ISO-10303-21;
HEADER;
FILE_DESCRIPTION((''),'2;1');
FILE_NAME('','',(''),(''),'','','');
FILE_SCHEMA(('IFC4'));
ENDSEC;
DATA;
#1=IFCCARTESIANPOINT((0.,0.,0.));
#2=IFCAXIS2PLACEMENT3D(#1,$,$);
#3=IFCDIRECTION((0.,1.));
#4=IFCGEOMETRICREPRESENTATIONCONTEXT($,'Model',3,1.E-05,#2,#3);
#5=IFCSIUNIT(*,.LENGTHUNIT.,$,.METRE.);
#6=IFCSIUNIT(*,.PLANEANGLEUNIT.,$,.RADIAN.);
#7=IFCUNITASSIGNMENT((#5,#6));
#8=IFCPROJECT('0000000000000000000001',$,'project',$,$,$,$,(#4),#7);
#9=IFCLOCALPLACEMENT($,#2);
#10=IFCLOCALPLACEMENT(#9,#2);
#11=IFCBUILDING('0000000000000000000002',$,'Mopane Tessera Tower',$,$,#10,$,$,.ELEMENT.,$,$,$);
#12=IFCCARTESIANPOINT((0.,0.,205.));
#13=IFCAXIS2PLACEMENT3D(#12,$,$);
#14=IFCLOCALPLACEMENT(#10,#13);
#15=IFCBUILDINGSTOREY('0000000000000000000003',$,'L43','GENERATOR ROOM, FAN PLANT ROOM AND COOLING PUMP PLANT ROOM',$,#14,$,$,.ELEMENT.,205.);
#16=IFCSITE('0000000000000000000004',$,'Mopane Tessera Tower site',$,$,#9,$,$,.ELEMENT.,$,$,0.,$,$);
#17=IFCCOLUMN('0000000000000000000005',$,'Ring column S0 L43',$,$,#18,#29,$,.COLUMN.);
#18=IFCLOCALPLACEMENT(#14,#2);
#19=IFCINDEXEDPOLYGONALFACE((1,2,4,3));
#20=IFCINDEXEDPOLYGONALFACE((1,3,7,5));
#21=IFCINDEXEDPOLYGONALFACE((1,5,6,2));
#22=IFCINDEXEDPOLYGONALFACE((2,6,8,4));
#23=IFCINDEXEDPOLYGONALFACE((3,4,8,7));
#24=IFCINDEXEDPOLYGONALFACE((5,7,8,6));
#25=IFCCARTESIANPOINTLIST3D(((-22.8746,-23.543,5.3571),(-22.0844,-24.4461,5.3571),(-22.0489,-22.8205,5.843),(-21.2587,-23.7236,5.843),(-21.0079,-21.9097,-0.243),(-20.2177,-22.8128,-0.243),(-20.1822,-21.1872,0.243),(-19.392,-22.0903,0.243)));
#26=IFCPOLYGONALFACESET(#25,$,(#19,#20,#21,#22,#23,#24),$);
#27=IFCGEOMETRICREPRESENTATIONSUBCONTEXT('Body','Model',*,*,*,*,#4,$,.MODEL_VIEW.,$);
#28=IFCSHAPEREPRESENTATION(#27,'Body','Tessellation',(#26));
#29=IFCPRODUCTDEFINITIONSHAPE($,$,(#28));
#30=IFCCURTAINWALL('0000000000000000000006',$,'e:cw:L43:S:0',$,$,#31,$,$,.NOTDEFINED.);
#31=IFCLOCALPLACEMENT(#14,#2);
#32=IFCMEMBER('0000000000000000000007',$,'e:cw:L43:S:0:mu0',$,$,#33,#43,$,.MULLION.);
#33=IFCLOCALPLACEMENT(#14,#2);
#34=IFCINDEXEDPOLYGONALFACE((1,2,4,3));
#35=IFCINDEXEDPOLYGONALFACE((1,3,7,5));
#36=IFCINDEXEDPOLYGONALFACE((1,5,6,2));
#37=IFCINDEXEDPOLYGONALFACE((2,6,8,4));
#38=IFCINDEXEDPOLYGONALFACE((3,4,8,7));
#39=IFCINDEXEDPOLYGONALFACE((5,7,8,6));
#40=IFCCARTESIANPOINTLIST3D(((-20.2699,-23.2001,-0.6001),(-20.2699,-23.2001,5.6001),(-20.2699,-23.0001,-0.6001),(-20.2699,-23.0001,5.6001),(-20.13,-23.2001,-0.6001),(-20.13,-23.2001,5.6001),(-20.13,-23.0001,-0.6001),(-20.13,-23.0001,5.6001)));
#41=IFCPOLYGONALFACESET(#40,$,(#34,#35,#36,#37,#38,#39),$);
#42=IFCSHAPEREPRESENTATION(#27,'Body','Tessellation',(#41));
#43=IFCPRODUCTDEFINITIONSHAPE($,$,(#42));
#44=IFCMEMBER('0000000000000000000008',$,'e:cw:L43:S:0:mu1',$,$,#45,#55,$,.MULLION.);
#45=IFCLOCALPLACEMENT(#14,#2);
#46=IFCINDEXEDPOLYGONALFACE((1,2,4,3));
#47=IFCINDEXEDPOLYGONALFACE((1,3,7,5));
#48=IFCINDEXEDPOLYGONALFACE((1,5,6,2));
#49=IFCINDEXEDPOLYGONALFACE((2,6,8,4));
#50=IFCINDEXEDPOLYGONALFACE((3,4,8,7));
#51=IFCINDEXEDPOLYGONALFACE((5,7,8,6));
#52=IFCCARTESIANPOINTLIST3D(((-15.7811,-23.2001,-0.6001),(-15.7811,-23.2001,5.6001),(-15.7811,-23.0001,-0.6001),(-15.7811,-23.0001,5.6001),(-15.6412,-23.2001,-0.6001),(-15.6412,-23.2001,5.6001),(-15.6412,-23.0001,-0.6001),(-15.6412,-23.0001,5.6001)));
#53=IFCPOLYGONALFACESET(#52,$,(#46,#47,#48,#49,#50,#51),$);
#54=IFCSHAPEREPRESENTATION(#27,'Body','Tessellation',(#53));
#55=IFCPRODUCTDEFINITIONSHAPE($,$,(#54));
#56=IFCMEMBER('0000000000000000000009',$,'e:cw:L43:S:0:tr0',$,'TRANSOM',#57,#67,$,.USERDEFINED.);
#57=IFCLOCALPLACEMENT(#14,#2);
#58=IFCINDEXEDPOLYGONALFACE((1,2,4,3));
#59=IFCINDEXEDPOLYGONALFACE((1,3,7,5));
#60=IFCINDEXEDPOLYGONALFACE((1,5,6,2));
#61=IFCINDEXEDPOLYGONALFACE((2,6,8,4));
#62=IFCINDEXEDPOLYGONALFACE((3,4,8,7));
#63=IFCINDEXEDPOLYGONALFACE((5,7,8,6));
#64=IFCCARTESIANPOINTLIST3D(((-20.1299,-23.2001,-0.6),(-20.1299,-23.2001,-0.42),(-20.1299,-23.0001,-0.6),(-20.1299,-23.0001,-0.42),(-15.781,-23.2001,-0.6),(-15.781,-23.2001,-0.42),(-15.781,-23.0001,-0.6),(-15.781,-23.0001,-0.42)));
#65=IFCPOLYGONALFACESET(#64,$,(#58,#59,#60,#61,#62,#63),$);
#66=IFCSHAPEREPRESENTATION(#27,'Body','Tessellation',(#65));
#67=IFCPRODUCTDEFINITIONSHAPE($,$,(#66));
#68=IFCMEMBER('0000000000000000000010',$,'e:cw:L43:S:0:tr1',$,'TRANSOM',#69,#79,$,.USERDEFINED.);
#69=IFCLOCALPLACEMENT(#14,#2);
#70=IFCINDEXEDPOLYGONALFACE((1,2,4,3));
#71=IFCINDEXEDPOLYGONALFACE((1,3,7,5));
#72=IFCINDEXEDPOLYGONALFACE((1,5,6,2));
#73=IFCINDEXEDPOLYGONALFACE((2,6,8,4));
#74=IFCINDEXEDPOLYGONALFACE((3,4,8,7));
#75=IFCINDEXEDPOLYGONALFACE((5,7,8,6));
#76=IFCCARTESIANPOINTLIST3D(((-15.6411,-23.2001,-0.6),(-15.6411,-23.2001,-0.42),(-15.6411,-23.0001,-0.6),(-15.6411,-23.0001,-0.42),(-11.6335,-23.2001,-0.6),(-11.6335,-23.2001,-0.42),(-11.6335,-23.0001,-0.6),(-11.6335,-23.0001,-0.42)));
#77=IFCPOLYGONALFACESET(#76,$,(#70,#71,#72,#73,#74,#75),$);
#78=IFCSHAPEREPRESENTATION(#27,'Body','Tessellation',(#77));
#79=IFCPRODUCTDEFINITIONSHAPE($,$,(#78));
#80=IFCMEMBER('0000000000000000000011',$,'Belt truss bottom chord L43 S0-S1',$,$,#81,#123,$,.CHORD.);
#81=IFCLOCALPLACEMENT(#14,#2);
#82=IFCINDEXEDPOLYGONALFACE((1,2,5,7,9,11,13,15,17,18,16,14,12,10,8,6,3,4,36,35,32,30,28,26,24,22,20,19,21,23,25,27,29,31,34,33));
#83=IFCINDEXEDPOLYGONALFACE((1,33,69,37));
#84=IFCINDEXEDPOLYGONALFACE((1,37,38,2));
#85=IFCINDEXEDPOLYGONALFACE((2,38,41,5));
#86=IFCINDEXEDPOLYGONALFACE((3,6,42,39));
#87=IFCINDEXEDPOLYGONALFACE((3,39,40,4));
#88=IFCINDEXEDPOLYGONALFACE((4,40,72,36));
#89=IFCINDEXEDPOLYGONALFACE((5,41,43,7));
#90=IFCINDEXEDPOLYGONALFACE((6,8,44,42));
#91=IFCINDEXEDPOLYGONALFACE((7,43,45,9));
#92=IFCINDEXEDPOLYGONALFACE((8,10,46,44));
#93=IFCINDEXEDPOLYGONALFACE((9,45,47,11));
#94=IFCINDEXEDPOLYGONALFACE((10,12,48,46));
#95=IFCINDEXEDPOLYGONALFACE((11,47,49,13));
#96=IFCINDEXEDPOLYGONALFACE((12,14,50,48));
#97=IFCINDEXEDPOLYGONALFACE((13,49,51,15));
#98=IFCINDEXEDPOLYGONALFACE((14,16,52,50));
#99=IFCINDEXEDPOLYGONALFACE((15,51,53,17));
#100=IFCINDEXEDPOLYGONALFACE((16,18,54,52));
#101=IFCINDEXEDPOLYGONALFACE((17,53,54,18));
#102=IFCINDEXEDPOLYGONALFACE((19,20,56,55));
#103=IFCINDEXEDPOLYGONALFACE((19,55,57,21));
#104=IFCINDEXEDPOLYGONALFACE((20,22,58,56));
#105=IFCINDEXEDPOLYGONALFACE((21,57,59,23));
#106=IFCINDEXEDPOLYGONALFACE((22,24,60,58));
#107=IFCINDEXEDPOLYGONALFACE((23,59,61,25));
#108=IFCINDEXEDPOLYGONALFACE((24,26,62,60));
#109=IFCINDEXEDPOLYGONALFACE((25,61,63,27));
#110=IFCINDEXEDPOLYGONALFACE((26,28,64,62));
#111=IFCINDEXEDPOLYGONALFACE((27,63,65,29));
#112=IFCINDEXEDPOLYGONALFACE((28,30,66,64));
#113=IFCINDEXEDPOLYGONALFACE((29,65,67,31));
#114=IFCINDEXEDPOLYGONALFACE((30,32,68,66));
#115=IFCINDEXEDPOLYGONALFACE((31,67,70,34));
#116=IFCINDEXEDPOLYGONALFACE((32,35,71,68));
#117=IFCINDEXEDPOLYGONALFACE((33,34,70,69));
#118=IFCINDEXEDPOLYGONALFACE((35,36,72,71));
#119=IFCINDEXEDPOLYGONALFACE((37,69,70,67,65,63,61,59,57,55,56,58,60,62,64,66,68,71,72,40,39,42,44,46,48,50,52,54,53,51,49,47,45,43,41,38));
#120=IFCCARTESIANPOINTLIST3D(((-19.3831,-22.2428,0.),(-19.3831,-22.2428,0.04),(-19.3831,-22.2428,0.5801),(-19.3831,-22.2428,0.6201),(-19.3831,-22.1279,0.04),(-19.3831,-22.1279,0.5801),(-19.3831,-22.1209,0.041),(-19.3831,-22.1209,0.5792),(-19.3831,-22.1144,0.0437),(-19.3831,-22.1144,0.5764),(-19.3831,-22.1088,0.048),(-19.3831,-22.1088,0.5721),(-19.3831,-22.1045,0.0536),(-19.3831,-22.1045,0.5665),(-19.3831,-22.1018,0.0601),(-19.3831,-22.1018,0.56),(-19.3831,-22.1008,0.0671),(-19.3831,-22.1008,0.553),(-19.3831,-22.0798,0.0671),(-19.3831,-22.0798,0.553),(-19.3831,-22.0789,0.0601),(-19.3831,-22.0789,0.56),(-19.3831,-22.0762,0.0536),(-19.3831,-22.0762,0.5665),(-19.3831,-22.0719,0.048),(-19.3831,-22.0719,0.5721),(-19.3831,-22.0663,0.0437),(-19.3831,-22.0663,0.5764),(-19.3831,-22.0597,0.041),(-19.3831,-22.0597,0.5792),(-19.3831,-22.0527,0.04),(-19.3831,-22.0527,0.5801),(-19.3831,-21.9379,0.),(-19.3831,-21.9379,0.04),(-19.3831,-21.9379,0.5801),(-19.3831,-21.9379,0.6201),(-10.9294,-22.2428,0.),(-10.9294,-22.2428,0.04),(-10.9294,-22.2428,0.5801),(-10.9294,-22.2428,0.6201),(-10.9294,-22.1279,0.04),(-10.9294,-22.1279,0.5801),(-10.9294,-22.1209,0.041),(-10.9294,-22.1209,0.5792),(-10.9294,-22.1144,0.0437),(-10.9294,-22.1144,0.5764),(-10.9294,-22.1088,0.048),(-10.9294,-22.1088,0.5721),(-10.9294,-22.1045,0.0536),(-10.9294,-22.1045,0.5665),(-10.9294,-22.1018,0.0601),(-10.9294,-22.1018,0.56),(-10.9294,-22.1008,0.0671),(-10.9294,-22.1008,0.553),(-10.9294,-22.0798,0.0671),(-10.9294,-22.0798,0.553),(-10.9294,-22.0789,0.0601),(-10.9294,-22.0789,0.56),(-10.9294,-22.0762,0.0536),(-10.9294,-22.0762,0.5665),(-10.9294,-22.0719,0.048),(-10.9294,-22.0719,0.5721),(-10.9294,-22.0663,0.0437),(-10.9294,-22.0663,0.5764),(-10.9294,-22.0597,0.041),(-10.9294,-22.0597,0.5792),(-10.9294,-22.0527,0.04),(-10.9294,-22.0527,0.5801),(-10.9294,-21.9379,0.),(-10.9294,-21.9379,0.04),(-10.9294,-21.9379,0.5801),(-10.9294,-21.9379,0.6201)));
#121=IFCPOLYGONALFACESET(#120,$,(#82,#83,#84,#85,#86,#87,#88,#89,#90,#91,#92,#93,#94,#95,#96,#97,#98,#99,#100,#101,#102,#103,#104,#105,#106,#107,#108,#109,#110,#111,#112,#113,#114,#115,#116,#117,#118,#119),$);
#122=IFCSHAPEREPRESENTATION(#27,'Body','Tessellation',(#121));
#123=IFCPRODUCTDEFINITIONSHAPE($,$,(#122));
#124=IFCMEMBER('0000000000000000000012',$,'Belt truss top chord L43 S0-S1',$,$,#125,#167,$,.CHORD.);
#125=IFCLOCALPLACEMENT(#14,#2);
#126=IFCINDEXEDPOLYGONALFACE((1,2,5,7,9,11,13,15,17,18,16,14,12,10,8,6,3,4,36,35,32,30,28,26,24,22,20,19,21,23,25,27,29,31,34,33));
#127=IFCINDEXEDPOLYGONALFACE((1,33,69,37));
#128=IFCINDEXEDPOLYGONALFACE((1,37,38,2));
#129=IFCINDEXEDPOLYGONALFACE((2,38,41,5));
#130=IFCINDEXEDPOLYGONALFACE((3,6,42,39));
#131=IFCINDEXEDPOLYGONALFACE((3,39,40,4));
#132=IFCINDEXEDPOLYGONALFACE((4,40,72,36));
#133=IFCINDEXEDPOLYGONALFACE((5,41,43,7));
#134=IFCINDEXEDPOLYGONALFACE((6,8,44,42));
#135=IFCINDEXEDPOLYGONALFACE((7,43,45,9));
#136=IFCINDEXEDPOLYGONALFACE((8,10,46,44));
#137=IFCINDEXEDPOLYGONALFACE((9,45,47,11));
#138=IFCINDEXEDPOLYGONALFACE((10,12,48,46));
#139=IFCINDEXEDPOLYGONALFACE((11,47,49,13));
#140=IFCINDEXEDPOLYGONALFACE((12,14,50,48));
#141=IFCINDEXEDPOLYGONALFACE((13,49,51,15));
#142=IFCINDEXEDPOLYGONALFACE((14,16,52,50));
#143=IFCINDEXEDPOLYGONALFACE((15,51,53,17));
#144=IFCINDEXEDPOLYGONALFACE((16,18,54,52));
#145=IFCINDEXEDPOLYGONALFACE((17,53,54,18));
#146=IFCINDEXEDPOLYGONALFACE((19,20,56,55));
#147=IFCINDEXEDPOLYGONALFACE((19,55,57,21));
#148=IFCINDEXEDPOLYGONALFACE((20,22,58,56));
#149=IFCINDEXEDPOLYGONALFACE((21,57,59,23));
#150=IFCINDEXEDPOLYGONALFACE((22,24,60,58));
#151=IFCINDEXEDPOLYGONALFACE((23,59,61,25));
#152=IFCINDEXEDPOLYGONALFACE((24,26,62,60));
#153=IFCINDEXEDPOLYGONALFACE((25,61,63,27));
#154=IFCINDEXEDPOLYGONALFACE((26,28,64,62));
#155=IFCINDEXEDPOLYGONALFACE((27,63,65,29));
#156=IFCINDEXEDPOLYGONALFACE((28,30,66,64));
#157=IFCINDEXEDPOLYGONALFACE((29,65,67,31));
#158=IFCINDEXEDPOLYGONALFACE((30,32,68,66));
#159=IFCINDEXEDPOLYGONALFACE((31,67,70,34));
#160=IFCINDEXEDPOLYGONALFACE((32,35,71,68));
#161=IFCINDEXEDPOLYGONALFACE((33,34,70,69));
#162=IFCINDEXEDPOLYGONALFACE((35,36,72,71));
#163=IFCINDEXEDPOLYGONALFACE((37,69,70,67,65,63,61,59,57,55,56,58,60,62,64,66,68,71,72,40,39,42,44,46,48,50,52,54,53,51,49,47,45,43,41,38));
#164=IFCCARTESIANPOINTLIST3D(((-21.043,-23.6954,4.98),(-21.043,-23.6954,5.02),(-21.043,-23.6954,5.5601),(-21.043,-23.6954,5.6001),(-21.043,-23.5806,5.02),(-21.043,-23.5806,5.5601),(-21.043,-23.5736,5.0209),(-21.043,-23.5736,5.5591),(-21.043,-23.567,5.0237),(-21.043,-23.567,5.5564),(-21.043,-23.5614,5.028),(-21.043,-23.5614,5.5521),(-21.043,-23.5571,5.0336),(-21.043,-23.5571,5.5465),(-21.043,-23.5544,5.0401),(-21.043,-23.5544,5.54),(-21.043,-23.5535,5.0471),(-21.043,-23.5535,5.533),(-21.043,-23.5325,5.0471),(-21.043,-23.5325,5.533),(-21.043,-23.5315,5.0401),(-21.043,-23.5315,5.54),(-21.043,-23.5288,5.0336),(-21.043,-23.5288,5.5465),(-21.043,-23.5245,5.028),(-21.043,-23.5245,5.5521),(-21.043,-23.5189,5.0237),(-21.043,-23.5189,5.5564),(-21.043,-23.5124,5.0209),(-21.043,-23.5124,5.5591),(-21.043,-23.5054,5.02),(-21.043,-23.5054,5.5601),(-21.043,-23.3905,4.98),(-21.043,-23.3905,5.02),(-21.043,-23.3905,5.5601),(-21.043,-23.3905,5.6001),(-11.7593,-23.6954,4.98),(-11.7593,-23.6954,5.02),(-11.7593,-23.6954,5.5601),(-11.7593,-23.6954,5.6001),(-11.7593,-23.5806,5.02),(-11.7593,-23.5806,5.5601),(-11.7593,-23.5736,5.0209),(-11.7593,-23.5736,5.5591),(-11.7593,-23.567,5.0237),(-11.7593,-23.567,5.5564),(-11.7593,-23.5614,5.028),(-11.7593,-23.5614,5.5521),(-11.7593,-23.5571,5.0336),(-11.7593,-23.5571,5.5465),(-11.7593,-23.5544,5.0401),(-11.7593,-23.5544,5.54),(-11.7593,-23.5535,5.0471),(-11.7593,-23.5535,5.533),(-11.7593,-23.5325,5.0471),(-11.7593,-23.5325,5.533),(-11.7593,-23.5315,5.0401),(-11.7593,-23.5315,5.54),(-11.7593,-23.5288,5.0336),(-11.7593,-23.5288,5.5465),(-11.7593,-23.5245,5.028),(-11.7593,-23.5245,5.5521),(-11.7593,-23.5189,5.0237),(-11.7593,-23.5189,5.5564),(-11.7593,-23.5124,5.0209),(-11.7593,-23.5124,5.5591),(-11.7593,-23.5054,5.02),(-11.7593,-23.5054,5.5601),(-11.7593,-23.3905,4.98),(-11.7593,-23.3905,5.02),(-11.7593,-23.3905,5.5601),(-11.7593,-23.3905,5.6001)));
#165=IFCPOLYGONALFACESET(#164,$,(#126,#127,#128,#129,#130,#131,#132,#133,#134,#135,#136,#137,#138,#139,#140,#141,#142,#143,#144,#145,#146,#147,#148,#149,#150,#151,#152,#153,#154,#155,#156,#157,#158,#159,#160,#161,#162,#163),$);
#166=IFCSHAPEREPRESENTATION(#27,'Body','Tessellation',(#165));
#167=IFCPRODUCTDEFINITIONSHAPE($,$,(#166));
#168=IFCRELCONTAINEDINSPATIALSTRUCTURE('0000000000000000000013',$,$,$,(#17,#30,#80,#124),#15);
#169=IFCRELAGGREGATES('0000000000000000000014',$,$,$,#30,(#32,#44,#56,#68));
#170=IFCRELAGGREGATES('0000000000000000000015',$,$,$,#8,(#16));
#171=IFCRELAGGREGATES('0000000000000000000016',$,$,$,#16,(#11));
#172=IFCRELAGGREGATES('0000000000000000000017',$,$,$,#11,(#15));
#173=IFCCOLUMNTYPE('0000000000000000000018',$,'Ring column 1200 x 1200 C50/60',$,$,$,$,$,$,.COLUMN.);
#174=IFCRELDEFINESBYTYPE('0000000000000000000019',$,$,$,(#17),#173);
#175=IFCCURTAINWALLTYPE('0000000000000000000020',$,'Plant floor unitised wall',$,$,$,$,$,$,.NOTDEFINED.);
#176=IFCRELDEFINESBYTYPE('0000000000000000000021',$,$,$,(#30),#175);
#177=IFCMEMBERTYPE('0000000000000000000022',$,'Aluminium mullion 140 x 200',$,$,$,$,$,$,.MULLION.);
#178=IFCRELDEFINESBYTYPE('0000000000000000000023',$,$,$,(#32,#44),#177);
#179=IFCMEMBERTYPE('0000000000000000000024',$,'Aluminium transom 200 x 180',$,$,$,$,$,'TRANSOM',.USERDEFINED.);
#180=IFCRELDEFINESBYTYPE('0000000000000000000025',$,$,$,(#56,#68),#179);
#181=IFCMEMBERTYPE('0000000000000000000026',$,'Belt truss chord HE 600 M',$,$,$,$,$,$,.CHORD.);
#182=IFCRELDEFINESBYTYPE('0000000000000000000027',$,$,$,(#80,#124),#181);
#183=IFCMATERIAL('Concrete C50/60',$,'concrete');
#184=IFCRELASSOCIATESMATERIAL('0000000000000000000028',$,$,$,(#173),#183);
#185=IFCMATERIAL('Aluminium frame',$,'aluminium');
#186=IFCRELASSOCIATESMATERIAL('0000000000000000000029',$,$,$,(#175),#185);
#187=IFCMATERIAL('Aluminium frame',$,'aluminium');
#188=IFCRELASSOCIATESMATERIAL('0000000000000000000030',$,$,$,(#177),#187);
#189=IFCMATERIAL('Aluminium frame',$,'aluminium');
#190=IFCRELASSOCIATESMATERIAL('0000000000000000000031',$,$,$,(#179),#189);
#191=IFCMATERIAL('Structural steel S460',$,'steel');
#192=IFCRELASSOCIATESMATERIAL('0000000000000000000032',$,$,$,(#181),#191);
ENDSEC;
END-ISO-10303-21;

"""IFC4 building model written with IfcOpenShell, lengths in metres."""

from ifc_helpers import new_model, si_unit, direction, frame, origin, origin_2d, place, context, subcontext, project, spatial, rectangle, i_section, extrude, material, material_profile, profile_set, type_object, element, aggregate, save


model = new_model("IFC4")

# Units and contexts
model_context = context("Model", 3, precision=1e-05, world=origin(), true_north=direction((0.0, 1.0)))
body_context = subcontext(model_context, "Body", "Model", "MODEL_VIEW")
ifc_project = project(units=[si_unit("LENGTHUNIT", "METRE"), si_unit("PLANEANGLEUNIT", "RADIAN")], contexts=[model_context])

# Site, building, storey
site_placement = place(None, origin())
site = spatial("IfcSite", under=ifc_project, at=site_placement, Name="Mopane Tessera Tower site", CompositionType="ELEMENT", RefElevation=0.0)
building_placement = place(site_placement, origin())
building = spatial("IfcBuilding", under=site, at=building_placement, Name="Mopane Tessera Tower", CompositionType="ELEMENT")
storey_placement = place(building_placement, frame((0.0, 0.0, 205.0)))
storey = spatial("IfcBuildingStorey", under=building, at=storey_placement, Name="L43", Description="GENERATOR ROOM, FAN PLANT ROOM AND COOLING PUMP PLANT ROOM", CompositionType="ELEMENT", Elevation=205.0)

# Column
ifc_material_1 = material(Name="Concrete C50/60", Category="concrete")
ifc_material_profile_1 = material_profile(ifc_material_1, rectangle(XDim=1.2, YDim=1.2, at=origin_2d()))
ifc_profile_set_1 = profile_set([ifc_material_profile_1], Name="Concrete C50/60")
column_type = type_object("IfcColumnType", Name="Ring column 1200 x 1200 C50/60", PredefinedType="COLUMN", material=ifc_profile_set_1)
column_placement = place(storey_placement, frame((-20.2, -22.0, 0.0), z_axis=(-0.304777, -0.26667, 0.91433), x_axis=(0.658491, -0.752589, 0.0)))
element("IfcColumn", 1, at=column_placement, inside=storey, type_object=column_type, Name="Ring column S0 L43", PredefinedType="COLUMN", context=body_context, shape_type="SweptSolid", body=[
    extrude(rectangle(XDim=1.2, YDim=1.2, at=origin_2d()), origin(), (0.0, 0.0, 1.0), 6.1248),
])

# Curtain wall, members
ifc_material_2 = material(Name="Aluminium frame", Category="aluminium")
curtain_wall_type = type_object("IfcCurtainWallType", Name="Plant floor unitised wall", PredefinedType="NOTDEFINED", material=ifc_material_2)
curtain_wall_placement = place(storey_placement, origin())
curtain_wall = element("IfcCurtainWall", 2, at=curtain_wall_placement, inside=storey, type_object=curtain_wall_type, Name="e:cw:L43:S:0", PredefinedType="NOTDEFINED")
ifc_material_3 = material(Name="Aluminium frame", Category="aluminium")
ifc_material_profile_2 = material_profile(ifc_material_3, rectangle(XDim=0.1399, YDim=0.2, at=origin_2d()))
ifc_profile_set_2 = profile_set([ifc_material_profile_2], Name="Aluminium frame")
member_type_1 = type_object("IfcMemberType", Name="Aluminium mullion 140 x 200", PredefinedType="MULLION", material=ifc_profile_set_2)
member_1_placement = place(storey_placement, frame((-20.2, -23.1001, -0.6001), z_axis=(0.0, 0.0, 1.0), x_axis=(1.0, 0.0, 0.0)))
member_1 = element("IfcMember", 3, at=member_1_placement, type_object=member_type_1, Name="e:cw:L43:S:0:mu0", PredefinedType="MULLION", context=body_context, shape_type="SweptSolid", body=[
    extrude(rectangle(XDim=0.1399, YDim=0.2, at=origin_2d()), origin(), (0.0, 0.0, 1.0), 6.2002),
])
member_2_placement = place(storey_placement, frame((-15.7112, -23.1001, -0.6001), z_axis=(0.0, 0.0, 1.0), x_axis=(1.0, 0.0, 0.0)))
member_2 = element("IfcMember", 4, at=member_2_placement, type_object=member_type_1, Name="e:cw:L43:S:0:mu1", PredefinedType="MULLION", context=body_context, shape_type="SweptSolid", body=[
    extrude(rectangle(XDim=0.1399, YDim=0.2, at=origin_2d()), origin(), (0.0, 0.0, 1.0), 6.2002),
])
ifc_material_4 = material(Name="Aluminium frame", Category="aluminium")
ifc_material_profile_3 = material_profile(ifc_material_4, rectangle(XDim=0.2, YDim=0.1799, at=origin_2d()))
ifc_profile_set_3 = profile_set([ifc_material_profile_3], Name="Aluminium frame")
member_type_2 = type_object("IfcMemberType", Name="Aluminium transom 200 x 180", ElementType="TRANSOM", PredefinedType="USERDEFINED", material=ifc_profile_set_3)
member_3_placement = place(storey_placement, frame((-20.1299, -23.1001, -0.51), z_axis=(1.0, 0.0, 0.0), x_axis=(0.0, 1.0, 0.0)))
member_3 = element("IfcMember", 5, at=member_3_placement, type_object=member_type_2, Name="e:cw:L43:S:0:tr0", ObjectType="TRANSOM", PredefinedType="USERDEFINED", context=body_context, shape_type="SweptSolid", body=[
    extrude(rectangle(XDim=0.2, YDim=0.1799, at=origin_2d()), origin(), (0.0, 0.0, 1.0), 4.3489),
])
member_4_placement = place(storey_placement, frame((-15.6411, -23.1001, -0.51), z_axis=(1.0, 0.0, 0.0), x_axis=(0.0, 1.0, 0.0)))
member_4 = element("IfcMember", 6, at=member_4_placement, type_object=member_type_2, Name="e:cw:L43:S:0:tr1", ObjectType="TRANSOM", PredefinedType="USERDEFINED", context=body_context, shape_type="SweptSolid", body=[
    extrude(rectangle(XDim=0.2, YDim=0.1799, at=origin_2d()), origin(), (0.0, 0.0, 1.0), 4.0076),
])

# Members
ifc_material_5 = material(Name="Structural steel S460", Category="steel")
ifc_material_profile_4 = material_profile(ifc_material_5, i_section(OverallWidth=0.3049, OverallDepth=0.6201, WebThickness=0.021, FlangeThickness=0.04, FilletRadius=0.0271, at=origin_2d()))
ifc_profile_set_4 = profile_set([ifc_material_profile_4], Name="Structural steel S460")
member_type_3 = type_object("IfcMemberType", Name="Belt truss chord HE 600 M", PredefinedType="CHORD", material=ifc_profile_set_4)
member_5_placement = place(storey_placement, frame((-19.3831, -22.0903, 0.3101), z_axis=(1.0, 0.0, 0.0), x_axis=(0.0, 1.0, 0.0)))
element("IfcMember", 7, at=member_5_placement, inside=storey, type_object=member_type_3, Name="Belt truss bottom chord L43 S0-S1", PredefinedType="CHORD", context=body_context, shape_type="SweptSolid", body=[
    extrude(i_section(OverallWidth=0.3049, OverallDepth=0.6201, WebThickness=0.021, FlangeThickness=0.04, FilletRadius=0.0271, at=origin_2d()), origin(), (0.0, 0.0, 1.0), 8.4536),
])
member_6_placement = place(storey_placement, frame((-21.043, -23.543, 5.29), z_axis=(1.0, 0.0, 0.0), x_axis=(0.0, 1.0, 0.0)))
element("IfcMember", 8, at=member_6_placement, inside=storey, type_object=member_type_3, Name="Belt truss top chord L43 S0-S1", PredefinedType="CHORD", context=body_context, shape_type="SweptSolid", body=[
    extrude(i_section(OverallWidth=0.3049, OverallDepth=0.6201, WebThickness=0.021, FlangeThickness=0.04, FilletRadius=0.0271, at=origin_2d()), origin(), (0.0, 0.0, 1.0), 9.2837),
])

aggregate(curtain_wall, [member_1, member_2, member_3, member_4])

save(model, "model.ifc")
